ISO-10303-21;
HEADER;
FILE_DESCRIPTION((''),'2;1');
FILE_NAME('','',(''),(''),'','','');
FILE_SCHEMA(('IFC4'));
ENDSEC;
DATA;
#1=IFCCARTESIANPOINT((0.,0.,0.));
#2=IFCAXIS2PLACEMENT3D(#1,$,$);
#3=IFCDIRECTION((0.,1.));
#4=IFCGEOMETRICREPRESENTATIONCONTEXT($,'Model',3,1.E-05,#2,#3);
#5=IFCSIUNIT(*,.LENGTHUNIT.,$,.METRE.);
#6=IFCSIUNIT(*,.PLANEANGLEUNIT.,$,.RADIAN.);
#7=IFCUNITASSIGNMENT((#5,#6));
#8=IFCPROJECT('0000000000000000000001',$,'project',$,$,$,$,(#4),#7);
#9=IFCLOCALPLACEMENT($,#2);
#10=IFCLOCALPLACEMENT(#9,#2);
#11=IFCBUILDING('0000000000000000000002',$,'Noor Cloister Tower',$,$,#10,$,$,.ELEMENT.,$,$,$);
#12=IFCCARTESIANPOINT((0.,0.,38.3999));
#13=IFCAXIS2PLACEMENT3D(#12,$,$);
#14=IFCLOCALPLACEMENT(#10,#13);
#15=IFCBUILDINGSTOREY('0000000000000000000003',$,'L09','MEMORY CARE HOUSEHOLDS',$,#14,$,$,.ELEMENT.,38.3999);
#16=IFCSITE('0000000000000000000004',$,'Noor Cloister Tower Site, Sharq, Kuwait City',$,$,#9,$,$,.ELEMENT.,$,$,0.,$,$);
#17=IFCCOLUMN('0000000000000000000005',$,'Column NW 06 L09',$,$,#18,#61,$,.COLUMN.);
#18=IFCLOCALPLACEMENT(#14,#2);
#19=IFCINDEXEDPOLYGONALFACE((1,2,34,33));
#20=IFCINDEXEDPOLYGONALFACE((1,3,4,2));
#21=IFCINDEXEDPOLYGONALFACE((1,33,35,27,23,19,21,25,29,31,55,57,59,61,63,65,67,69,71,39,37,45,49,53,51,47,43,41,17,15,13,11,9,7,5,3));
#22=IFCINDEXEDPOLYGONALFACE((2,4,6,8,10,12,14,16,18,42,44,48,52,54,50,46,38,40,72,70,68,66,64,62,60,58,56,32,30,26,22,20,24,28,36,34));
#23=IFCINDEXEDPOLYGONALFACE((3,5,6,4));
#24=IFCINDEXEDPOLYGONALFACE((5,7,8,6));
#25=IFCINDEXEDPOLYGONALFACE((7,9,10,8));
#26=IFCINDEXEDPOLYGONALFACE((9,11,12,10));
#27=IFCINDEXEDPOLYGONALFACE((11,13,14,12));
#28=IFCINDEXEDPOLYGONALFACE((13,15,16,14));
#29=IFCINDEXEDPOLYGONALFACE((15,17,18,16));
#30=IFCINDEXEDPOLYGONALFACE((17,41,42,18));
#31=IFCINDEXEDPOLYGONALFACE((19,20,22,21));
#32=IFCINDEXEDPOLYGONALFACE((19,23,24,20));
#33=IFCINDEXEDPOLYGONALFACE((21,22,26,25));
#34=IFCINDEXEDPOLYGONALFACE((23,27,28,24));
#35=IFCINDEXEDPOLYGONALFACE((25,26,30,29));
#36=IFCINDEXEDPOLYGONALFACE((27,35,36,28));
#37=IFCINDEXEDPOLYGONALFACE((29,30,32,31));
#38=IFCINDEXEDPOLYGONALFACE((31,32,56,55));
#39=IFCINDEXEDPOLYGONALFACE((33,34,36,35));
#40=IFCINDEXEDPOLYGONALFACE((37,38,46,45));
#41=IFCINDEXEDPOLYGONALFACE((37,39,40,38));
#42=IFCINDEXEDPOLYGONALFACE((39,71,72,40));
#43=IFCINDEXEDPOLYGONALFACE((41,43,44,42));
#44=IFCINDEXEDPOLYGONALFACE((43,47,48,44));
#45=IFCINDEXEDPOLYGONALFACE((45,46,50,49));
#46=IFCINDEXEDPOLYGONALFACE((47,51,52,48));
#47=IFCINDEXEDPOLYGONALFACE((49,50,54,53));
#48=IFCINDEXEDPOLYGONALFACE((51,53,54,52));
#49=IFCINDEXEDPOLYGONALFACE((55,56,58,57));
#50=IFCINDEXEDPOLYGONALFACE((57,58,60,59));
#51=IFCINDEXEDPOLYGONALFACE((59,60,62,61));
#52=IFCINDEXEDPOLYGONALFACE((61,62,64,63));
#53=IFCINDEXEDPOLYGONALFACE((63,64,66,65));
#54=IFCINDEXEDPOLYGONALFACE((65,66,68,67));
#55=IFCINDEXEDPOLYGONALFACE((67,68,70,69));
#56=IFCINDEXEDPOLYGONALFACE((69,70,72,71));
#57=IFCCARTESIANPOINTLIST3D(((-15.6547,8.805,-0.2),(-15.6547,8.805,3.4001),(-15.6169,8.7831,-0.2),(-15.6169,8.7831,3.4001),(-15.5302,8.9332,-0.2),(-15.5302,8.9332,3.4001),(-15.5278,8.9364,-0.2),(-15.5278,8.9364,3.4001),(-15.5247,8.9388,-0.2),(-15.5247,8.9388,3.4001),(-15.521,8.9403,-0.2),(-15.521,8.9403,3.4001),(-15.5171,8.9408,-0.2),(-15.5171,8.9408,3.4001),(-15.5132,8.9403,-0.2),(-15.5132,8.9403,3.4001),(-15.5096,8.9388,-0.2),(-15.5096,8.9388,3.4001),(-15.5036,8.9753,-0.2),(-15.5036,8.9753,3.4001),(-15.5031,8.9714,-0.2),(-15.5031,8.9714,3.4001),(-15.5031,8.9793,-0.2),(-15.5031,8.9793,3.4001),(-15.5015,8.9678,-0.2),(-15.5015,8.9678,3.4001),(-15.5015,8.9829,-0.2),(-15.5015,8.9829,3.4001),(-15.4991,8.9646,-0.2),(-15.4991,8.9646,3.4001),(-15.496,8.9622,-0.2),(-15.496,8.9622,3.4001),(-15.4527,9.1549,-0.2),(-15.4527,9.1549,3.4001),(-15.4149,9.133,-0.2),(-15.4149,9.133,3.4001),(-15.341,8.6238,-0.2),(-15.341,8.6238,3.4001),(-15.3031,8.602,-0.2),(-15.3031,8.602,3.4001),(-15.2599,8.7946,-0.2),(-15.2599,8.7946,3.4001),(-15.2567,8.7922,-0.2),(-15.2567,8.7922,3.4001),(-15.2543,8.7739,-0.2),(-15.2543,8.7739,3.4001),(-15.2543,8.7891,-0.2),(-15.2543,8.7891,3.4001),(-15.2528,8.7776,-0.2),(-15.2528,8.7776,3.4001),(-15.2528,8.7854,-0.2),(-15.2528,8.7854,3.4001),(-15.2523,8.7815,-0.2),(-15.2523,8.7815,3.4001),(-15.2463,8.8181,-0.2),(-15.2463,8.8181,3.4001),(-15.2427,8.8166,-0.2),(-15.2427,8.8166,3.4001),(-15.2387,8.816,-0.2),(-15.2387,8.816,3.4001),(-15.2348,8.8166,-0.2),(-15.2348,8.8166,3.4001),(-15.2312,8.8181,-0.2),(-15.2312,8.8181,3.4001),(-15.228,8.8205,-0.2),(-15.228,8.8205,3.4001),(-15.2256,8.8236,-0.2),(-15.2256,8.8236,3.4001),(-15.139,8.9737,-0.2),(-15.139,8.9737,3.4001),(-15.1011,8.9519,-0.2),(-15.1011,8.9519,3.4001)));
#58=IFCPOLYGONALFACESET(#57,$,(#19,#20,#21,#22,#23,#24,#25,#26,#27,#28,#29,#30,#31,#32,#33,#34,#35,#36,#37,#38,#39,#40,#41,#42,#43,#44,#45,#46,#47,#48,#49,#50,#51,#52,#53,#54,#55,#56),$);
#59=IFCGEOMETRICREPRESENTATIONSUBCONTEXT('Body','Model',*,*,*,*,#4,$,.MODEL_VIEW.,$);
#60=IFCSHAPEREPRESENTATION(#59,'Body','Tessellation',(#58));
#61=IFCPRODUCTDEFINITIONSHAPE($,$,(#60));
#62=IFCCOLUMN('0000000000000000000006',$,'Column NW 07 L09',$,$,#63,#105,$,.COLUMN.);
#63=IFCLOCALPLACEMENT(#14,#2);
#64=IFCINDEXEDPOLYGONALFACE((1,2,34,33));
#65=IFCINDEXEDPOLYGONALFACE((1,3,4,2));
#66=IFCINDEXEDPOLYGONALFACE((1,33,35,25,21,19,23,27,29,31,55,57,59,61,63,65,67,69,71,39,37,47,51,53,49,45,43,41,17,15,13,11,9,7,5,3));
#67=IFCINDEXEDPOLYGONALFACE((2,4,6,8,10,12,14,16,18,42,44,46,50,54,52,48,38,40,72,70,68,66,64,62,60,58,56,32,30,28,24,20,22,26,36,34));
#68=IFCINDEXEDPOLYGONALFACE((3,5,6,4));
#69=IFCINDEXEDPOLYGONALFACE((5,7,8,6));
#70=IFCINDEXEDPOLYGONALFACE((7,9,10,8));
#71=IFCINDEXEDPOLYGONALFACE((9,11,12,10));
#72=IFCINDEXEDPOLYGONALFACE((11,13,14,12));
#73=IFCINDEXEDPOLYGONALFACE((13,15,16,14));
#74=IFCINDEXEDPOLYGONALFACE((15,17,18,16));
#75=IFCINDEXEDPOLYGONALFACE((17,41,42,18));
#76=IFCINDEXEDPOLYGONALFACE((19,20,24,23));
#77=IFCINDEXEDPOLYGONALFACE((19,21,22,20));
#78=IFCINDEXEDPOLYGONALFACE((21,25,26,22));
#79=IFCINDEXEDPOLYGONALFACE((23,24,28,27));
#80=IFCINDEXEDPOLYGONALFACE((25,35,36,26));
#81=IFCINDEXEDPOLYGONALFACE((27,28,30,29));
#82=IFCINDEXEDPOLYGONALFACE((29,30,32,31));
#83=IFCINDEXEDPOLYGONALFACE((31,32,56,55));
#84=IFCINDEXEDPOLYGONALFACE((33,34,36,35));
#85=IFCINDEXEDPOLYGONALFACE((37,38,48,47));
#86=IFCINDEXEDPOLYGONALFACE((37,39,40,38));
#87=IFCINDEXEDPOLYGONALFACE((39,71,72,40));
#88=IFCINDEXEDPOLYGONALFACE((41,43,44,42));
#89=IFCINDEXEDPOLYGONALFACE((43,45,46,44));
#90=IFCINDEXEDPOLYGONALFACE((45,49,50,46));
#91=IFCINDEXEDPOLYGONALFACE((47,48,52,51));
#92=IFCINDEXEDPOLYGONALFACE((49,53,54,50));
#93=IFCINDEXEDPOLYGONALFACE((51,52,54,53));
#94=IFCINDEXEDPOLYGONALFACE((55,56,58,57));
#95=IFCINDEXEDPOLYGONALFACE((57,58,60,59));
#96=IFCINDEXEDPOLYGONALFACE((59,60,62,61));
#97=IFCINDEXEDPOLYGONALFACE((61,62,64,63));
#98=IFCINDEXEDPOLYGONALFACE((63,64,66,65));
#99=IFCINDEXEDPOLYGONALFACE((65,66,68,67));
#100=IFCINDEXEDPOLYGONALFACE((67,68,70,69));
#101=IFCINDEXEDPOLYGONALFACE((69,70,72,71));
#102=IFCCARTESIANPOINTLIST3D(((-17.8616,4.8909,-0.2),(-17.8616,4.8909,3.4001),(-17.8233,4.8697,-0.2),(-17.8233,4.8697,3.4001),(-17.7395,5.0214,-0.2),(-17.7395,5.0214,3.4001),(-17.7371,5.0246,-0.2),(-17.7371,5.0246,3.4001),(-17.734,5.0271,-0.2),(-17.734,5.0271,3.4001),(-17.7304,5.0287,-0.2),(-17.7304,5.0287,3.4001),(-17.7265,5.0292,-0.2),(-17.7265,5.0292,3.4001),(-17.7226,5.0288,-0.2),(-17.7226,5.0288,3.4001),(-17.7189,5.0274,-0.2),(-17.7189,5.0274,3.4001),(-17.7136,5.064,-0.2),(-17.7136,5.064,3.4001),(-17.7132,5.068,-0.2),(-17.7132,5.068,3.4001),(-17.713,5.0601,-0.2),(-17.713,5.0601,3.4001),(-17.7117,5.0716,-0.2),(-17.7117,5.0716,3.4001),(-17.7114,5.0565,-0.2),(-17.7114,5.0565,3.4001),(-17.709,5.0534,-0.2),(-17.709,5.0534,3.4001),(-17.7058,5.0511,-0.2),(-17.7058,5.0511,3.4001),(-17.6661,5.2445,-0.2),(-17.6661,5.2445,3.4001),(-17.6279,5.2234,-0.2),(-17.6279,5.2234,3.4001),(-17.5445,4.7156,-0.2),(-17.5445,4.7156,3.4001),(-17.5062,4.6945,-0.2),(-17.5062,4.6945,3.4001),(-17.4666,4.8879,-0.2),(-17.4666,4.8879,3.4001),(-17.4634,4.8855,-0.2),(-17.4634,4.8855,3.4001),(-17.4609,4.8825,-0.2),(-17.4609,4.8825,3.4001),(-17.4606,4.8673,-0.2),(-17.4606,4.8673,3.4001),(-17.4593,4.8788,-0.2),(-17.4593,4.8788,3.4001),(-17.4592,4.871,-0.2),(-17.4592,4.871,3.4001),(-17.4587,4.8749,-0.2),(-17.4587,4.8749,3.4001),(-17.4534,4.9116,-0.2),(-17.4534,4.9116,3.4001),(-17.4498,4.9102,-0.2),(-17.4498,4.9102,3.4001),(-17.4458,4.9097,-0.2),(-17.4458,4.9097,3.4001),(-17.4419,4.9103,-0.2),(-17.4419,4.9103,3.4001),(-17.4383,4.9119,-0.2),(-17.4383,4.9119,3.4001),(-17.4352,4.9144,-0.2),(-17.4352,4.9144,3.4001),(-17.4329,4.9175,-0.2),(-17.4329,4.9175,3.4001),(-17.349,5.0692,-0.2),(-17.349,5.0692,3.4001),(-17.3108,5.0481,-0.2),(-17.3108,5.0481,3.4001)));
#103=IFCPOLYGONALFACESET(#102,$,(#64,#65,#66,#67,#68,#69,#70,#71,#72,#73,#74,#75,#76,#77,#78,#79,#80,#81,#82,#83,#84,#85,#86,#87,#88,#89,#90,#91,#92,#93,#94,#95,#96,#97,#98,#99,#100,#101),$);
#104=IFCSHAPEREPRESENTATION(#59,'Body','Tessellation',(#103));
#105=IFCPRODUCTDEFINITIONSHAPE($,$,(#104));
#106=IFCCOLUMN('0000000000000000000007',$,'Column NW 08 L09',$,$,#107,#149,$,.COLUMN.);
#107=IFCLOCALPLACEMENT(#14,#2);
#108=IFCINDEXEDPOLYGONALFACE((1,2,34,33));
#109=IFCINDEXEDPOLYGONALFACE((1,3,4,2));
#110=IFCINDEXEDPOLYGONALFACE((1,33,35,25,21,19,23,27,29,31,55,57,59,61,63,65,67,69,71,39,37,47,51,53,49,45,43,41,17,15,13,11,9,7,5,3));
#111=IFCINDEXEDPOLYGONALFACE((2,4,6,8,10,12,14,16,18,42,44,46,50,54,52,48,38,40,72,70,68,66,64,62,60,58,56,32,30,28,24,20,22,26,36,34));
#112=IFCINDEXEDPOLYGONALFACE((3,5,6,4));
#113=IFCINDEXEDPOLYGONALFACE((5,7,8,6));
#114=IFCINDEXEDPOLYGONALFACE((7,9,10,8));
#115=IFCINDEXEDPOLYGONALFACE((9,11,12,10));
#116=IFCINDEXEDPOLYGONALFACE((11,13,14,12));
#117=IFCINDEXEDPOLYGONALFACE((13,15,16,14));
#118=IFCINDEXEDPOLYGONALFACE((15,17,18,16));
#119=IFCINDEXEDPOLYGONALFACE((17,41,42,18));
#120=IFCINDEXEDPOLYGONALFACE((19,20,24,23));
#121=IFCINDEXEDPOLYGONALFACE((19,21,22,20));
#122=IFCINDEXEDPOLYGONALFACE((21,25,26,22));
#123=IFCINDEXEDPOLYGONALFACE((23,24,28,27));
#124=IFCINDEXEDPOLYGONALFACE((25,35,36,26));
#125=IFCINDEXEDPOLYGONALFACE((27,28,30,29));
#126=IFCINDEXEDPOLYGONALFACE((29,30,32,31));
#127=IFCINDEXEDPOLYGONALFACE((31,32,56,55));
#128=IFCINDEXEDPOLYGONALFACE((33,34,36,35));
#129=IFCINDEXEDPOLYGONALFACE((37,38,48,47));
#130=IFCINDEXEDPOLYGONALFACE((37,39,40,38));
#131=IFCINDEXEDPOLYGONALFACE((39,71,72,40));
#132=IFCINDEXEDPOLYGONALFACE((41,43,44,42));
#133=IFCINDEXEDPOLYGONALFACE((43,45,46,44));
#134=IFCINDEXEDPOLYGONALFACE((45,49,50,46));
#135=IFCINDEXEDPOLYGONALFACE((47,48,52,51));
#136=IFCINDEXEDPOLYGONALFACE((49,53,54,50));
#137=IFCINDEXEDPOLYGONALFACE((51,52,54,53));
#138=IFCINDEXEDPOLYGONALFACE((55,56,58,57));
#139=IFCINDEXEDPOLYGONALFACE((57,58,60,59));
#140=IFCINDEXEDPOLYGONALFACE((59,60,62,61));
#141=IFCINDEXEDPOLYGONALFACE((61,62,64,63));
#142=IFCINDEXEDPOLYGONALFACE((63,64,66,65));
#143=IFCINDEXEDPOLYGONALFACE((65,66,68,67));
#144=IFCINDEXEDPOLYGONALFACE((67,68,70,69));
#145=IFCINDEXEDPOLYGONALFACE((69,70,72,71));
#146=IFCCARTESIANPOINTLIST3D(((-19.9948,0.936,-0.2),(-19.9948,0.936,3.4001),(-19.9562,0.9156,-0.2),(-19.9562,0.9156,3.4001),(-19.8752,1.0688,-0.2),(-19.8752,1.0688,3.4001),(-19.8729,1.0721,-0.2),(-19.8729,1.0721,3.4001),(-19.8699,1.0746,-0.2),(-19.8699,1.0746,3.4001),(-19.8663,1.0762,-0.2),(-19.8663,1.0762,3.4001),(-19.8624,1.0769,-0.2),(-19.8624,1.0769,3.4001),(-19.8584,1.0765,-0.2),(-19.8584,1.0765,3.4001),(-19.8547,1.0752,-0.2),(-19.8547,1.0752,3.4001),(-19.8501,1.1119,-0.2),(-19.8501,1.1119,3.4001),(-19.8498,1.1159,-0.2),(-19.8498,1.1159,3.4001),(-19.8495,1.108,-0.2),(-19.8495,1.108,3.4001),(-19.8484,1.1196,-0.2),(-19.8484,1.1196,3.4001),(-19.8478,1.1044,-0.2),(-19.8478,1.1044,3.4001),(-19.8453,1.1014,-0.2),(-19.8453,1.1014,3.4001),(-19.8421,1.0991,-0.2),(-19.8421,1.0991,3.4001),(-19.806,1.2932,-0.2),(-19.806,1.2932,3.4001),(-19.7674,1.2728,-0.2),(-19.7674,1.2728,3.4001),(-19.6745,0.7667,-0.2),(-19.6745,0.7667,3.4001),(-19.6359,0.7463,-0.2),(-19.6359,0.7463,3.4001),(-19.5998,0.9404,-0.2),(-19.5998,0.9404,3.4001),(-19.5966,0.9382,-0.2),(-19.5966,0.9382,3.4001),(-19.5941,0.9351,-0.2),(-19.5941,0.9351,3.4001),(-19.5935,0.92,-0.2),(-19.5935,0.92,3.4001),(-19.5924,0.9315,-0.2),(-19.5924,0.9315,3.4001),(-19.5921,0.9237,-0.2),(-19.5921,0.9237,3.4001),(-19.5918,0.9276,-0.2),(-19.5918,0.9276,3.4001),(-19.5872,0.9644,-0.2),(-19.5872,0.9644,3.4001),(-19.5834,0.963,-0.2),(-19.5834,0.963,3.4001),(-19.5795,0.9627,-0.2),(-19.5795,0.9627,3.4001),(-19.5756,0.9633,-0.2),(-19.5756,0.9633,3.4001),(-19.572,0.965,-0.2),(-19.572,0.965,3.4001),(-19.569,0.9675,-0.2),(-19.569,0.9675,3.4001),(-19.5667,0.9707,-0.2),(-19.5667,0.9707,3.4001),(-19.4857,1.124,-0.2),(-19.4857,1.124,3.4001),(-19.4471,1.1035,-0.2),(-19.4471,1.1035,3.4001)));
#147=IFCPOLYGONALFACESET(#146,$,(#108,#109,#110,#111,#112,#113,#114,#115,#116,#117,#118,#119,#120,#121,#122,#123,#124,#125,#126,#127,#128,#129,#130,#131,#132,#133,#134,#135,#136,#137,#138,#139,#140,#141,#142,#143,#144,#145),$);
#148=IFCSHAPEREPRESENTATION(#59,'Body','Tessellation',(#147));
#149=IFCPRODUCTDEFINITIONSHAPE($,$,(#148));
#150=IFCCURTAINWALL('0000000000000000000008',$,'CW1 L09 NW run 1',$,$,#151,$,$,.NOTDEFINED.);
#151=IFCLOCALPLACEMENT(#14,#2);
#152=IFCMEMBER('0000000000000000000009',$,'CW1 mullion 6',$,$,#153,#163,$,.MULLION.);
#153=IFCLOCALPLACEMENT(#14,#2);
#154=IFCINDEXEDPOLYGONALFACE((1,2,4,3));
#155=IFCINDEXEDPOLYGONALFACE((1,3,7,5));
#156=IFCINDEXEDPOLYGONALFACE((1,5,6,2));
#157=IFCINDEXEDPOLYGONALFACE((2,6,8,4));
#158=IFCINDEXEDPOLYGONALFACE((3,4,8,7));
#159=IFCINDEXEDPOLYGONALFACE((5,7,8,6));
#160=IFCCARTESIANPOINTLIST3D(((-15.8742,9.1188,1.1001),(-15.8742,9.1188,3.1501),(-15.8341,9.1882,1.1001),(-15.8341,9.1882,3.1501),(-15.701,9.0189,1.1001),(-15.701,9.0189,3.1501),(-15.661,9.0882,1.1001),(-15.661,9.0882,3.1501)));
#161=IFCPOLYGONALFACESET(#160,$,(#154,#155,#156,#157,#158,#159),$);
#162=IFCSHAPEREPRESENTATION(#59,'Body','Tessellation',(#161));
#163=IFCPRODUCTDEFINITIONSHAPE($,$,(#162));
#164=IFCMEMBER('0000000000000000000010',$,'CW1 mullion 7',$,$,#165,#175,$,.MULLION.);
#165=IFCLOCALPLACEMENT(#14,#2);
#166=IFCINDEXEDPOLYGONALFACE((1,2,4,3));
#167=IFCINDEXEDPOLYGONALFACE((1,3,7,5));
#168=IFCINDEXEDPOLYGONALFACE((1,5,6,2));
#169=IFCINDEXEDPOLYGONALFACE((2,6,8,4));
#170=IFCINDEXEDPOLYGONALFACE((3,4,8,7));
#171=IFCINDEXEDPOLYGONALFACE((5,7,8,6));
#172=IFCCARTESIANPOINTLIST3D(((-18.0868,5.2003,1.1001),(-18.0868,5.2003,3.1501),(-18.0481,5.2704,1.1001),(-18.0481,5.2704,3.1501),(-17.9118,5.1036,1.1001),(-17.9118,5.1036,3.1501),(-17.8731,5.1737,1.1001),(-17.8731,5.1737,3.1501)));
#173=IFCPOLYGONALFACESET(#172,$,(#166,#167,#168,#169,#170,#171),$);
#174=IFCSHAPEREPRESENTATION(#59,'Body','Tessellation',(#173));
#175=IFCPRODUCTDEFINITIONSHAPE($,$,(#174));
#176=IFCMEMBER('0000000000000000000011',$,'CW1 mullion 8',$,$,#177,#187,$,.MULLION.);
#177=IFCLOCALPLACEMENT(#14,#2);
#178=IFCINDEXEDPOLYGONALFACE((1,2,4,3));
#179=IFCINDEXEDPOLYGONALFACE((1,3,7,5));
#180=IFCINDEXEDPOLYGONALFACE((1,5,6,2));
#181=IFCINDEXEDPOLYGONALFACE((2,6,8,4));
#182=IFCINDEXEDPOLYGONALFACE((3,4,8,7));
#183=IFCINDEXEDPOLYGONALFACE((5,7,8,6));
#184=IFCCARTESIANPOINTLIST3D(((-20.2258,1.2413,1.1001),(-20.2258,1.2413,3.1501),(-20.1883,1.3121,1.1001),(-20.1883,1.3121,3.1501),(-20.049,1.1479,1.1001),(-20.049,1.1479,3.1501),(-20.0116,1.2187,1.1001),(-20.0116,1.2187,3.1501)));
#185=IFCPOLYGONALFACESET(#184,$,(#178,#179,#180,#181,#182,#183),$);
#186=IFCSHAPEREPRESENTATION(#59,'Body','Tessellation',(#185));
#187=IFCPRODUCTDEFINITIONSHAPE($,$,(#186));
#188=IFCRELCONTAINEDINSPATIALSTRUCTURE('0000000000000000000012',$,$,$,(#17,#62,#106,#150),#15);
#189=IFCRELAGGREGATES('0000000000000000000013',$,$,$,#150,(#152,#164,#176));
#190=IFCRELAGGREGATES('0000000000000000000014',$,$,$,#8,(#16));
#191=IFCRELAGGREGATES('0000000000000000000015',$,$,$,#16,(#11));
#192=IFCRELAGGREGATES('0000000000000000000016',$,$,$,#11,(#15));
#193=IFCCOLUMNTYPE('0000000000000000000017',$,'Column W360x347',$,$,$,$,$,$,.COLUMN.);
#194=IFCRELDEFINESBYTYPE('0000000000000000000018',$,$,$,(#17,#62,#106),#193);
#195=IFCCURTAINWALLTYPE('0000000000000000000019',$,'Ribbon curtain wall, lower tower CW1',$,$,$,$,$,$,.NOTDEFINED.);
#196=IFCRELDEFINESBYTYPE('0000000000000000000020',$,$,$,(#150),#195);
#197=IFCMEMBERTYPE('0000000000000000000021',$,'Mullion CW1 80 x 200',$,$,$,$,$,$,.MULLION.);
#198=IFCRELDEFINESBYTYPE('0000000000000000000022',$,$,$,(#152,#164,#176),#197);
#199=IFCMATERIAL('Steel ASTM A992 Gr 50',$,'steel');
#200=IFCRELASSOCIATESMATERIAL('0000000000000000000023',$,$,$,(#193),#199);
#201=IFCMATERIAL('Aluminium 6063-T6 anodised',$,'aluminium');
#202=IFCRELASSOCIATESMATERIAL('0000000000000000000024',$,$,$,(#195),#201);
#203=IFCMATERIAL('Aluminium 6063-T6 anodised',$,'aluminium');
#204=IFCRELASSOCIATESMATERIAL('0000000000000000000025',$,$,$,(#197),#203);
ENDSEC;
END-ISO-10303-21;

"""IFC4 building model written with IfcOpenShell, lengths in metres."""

from ifc_helpers import new_model, si_unit, direction, frame, origin, origin_2d, place, context, subcontext, project, spatial, rectangle, i_section, extrude, material, material_profile, profile_set, type_object, element, aggregate, save


model = new_model("IFC4")

# Units and contexts
model_context = context("Model", 3, precision=1e-05, world=origin(), true_north=direction((0.0, 1.0)))
body_context = subcontext(model_context, "Body", "Model", "MODEL_VIEW")
ifc_project = project(units=[si_unit("LENGTHUNIT", "METRE"), si_unit("PLANEANGLEUNIT", "RADIAN")], contexts=[model_context])

# Site, building, storey
site_placement = place(None, origin())
site = spatial("IfcSite", under=ifc_project, at=site_placement, Name="Noor Cloister Tower Site, Sharq, Kuwait City", CompositionType="ELEMENT", RefElevation=0.0)
building_placement = place(site_placement, origin())
building = spatial("IfcBuilding", under=site, at=building_placement, Name="Noor Cloister Tower", CompositionType="ELEMENT")
storey_placement = place(building_placement, frame((0.0, 0.0, 38.3999)))
storey = spatial("IfcBuildingStorey", under=building, at=storey_placement, Name="L09", Description="MEMORY CARE HOUSEHOLDS", CompositionType="ELEMENT", Elevation=38.3999)

# Columns
ifc_material_1 = material(Name="Steel ASTM A992 Gr 50", Category="steel")
ifc_material_profile_1 = material_profile(ifc_material_1, i_section(OverallWidth=0.4041, OverallDepth=0.406, WebThickness=0.0271, FlangeThickness=0.0437, FilletRadius=0.0151, at=origin_2d()), Name="W360x347")
ifc_profile_set_1 = profile_set([ifc_material_profile_1], Name="Steel ASTM A992 Gr 50")
column_type = type_object("IfcColumnType", Name="Column W360x347", PredefinedType="COLUMN", material=ifc_profile_set_1)
for number, where, z_axis, x_axis, name in (
    (1, (-15.3779, 8.8784, -0.2), (0.0, 0.0, 1.0), (-0.5, -0.866025, 0.0), "Column NW 06 L09"),
    (2, (-17.5862, 4.9695, -0.2), (0.0, 0.0, 1.0), (-0.483695, -0.875237, 0.0), "Column NW 07 L09"),
    (3, (-19.7209, 1.0198, -0.2), (0.0, 0.0, 1.0), (-0.46722, -0.884141, 0.0), "Column NW 08 L09"),
):
    element("IfcColumn", number, at=place(storey_placement, frame(where, z_axis=z_axis, x_axis=x_axis)), inside=storey, type_object=column_type, Name=name, PredefinedType="COLUMN", context=body_context, shape_type="SweptSolid", body=[
        extrude(i_section(OverallWidth=0.4041, OverallDepth=0.406, WebThickness=0.0271, FlangeThickness=0.0437, FilletRadius=0.0151, at=origin_2d()), origin(), (0.0, 0.0, 1.0), 3.6001),
    ])

# Curtain wall, members
ifc_material_2 = material(Name="Aluminium 6063-T6 anodised", Category="aluminium")
curtain_wall_type = type_object("IfcCurtainWallType", Name="Ribbon curtain wall, lower tower CW1", PredefinedType="NOTDEFINED", material=ifc_material_2)
curtain_wall_placement = place(storey_placement, origin())
curtain_wall = element("IfcCurtainWall", 4, at=curtain_wall_placement, inside=storey, type_object=curtain_wall_type, Name="CW1 L09 NW run 1", PredefinedType="NOTDEFINED")
ifc_material_3 = material(Name="Aluminium 6063-T6 anodised", Category="aluminium")
ifc_material_profile_2 = material_profile(ifc_material_3, rectangle(XDim=0.2, YDim=0.0801, at=origin_2d()), Name="200 x 80 mullion")
ifc_profile_set_2 = profile_set([ifc_material_profile_2], Name="Aluminium 6063-T6 anodised")
member_type = type_object("IfcMemberType", Name="Mullion CW1 80 x 200", PredefinedType="MULLION", material=ifc_profile_set_2)
member_1_placement = place(storey_placement, frame((-15.7676, 9.1035, 1.1001), z_axis=(0.0, 0.0, 1.0), x_axis=(0.866025, -0.5, 0.0)))
member_1 = element("IfcMember", 5, at=member_1_placement, type_object=member_type, Name="CW1 mullion 6", PredefinedType="MULLION", context=body_context, shape_type="SweptSolid", body=[
    extrude(rectangle(XDim=0.2, YDim=0.0801, at=origin_2d()), origin(), (0.0, 0.0, 1.0), 2.05),
])
member_2_placement = place(storey_placement, frame((-17.98, 5.187, 1.1001), z_axis=(0.0, 0.0, 1.0), x_axis=(0.875237, -0.483695, 0.0)))
member_2 = element("IfcMember", 6, at=member_2_placement, type_object=member_type, Name="CW1 mullion 7", PredefinedType="MULLION", context=body_context, shape_type="SweptSolid", body=[
    extrude(rectangle(XDim=0.2, YDim=0.0801, at=origin_2d()), origin(), (0.0, 0.0, 1.0), 2.05),
])
member_3_placement = place(storey_placement, frame((-20.1187, 1.23, 1.1001), z_axis=(0.0, 0.0, 1.0), x_axis=(0.884141, -0.46722, 0.0)))
member_3 = element("IfcMember", 7, at=member_3_placement, type_object=member_type, Name="CW1 mullion 8", PredefinedType="MULLION", context=body_context, shape_type="SweptSolid", body=[
    extrude(rectangle(XDim=0.2, YDim=0.0801, at=origin_2d()), origin(), (0.0, 0.0, 1.0), 2.05),
])

aggregate(curtain_wall, [member_1, member_2, member_3])

save(model, "model.ifc")
